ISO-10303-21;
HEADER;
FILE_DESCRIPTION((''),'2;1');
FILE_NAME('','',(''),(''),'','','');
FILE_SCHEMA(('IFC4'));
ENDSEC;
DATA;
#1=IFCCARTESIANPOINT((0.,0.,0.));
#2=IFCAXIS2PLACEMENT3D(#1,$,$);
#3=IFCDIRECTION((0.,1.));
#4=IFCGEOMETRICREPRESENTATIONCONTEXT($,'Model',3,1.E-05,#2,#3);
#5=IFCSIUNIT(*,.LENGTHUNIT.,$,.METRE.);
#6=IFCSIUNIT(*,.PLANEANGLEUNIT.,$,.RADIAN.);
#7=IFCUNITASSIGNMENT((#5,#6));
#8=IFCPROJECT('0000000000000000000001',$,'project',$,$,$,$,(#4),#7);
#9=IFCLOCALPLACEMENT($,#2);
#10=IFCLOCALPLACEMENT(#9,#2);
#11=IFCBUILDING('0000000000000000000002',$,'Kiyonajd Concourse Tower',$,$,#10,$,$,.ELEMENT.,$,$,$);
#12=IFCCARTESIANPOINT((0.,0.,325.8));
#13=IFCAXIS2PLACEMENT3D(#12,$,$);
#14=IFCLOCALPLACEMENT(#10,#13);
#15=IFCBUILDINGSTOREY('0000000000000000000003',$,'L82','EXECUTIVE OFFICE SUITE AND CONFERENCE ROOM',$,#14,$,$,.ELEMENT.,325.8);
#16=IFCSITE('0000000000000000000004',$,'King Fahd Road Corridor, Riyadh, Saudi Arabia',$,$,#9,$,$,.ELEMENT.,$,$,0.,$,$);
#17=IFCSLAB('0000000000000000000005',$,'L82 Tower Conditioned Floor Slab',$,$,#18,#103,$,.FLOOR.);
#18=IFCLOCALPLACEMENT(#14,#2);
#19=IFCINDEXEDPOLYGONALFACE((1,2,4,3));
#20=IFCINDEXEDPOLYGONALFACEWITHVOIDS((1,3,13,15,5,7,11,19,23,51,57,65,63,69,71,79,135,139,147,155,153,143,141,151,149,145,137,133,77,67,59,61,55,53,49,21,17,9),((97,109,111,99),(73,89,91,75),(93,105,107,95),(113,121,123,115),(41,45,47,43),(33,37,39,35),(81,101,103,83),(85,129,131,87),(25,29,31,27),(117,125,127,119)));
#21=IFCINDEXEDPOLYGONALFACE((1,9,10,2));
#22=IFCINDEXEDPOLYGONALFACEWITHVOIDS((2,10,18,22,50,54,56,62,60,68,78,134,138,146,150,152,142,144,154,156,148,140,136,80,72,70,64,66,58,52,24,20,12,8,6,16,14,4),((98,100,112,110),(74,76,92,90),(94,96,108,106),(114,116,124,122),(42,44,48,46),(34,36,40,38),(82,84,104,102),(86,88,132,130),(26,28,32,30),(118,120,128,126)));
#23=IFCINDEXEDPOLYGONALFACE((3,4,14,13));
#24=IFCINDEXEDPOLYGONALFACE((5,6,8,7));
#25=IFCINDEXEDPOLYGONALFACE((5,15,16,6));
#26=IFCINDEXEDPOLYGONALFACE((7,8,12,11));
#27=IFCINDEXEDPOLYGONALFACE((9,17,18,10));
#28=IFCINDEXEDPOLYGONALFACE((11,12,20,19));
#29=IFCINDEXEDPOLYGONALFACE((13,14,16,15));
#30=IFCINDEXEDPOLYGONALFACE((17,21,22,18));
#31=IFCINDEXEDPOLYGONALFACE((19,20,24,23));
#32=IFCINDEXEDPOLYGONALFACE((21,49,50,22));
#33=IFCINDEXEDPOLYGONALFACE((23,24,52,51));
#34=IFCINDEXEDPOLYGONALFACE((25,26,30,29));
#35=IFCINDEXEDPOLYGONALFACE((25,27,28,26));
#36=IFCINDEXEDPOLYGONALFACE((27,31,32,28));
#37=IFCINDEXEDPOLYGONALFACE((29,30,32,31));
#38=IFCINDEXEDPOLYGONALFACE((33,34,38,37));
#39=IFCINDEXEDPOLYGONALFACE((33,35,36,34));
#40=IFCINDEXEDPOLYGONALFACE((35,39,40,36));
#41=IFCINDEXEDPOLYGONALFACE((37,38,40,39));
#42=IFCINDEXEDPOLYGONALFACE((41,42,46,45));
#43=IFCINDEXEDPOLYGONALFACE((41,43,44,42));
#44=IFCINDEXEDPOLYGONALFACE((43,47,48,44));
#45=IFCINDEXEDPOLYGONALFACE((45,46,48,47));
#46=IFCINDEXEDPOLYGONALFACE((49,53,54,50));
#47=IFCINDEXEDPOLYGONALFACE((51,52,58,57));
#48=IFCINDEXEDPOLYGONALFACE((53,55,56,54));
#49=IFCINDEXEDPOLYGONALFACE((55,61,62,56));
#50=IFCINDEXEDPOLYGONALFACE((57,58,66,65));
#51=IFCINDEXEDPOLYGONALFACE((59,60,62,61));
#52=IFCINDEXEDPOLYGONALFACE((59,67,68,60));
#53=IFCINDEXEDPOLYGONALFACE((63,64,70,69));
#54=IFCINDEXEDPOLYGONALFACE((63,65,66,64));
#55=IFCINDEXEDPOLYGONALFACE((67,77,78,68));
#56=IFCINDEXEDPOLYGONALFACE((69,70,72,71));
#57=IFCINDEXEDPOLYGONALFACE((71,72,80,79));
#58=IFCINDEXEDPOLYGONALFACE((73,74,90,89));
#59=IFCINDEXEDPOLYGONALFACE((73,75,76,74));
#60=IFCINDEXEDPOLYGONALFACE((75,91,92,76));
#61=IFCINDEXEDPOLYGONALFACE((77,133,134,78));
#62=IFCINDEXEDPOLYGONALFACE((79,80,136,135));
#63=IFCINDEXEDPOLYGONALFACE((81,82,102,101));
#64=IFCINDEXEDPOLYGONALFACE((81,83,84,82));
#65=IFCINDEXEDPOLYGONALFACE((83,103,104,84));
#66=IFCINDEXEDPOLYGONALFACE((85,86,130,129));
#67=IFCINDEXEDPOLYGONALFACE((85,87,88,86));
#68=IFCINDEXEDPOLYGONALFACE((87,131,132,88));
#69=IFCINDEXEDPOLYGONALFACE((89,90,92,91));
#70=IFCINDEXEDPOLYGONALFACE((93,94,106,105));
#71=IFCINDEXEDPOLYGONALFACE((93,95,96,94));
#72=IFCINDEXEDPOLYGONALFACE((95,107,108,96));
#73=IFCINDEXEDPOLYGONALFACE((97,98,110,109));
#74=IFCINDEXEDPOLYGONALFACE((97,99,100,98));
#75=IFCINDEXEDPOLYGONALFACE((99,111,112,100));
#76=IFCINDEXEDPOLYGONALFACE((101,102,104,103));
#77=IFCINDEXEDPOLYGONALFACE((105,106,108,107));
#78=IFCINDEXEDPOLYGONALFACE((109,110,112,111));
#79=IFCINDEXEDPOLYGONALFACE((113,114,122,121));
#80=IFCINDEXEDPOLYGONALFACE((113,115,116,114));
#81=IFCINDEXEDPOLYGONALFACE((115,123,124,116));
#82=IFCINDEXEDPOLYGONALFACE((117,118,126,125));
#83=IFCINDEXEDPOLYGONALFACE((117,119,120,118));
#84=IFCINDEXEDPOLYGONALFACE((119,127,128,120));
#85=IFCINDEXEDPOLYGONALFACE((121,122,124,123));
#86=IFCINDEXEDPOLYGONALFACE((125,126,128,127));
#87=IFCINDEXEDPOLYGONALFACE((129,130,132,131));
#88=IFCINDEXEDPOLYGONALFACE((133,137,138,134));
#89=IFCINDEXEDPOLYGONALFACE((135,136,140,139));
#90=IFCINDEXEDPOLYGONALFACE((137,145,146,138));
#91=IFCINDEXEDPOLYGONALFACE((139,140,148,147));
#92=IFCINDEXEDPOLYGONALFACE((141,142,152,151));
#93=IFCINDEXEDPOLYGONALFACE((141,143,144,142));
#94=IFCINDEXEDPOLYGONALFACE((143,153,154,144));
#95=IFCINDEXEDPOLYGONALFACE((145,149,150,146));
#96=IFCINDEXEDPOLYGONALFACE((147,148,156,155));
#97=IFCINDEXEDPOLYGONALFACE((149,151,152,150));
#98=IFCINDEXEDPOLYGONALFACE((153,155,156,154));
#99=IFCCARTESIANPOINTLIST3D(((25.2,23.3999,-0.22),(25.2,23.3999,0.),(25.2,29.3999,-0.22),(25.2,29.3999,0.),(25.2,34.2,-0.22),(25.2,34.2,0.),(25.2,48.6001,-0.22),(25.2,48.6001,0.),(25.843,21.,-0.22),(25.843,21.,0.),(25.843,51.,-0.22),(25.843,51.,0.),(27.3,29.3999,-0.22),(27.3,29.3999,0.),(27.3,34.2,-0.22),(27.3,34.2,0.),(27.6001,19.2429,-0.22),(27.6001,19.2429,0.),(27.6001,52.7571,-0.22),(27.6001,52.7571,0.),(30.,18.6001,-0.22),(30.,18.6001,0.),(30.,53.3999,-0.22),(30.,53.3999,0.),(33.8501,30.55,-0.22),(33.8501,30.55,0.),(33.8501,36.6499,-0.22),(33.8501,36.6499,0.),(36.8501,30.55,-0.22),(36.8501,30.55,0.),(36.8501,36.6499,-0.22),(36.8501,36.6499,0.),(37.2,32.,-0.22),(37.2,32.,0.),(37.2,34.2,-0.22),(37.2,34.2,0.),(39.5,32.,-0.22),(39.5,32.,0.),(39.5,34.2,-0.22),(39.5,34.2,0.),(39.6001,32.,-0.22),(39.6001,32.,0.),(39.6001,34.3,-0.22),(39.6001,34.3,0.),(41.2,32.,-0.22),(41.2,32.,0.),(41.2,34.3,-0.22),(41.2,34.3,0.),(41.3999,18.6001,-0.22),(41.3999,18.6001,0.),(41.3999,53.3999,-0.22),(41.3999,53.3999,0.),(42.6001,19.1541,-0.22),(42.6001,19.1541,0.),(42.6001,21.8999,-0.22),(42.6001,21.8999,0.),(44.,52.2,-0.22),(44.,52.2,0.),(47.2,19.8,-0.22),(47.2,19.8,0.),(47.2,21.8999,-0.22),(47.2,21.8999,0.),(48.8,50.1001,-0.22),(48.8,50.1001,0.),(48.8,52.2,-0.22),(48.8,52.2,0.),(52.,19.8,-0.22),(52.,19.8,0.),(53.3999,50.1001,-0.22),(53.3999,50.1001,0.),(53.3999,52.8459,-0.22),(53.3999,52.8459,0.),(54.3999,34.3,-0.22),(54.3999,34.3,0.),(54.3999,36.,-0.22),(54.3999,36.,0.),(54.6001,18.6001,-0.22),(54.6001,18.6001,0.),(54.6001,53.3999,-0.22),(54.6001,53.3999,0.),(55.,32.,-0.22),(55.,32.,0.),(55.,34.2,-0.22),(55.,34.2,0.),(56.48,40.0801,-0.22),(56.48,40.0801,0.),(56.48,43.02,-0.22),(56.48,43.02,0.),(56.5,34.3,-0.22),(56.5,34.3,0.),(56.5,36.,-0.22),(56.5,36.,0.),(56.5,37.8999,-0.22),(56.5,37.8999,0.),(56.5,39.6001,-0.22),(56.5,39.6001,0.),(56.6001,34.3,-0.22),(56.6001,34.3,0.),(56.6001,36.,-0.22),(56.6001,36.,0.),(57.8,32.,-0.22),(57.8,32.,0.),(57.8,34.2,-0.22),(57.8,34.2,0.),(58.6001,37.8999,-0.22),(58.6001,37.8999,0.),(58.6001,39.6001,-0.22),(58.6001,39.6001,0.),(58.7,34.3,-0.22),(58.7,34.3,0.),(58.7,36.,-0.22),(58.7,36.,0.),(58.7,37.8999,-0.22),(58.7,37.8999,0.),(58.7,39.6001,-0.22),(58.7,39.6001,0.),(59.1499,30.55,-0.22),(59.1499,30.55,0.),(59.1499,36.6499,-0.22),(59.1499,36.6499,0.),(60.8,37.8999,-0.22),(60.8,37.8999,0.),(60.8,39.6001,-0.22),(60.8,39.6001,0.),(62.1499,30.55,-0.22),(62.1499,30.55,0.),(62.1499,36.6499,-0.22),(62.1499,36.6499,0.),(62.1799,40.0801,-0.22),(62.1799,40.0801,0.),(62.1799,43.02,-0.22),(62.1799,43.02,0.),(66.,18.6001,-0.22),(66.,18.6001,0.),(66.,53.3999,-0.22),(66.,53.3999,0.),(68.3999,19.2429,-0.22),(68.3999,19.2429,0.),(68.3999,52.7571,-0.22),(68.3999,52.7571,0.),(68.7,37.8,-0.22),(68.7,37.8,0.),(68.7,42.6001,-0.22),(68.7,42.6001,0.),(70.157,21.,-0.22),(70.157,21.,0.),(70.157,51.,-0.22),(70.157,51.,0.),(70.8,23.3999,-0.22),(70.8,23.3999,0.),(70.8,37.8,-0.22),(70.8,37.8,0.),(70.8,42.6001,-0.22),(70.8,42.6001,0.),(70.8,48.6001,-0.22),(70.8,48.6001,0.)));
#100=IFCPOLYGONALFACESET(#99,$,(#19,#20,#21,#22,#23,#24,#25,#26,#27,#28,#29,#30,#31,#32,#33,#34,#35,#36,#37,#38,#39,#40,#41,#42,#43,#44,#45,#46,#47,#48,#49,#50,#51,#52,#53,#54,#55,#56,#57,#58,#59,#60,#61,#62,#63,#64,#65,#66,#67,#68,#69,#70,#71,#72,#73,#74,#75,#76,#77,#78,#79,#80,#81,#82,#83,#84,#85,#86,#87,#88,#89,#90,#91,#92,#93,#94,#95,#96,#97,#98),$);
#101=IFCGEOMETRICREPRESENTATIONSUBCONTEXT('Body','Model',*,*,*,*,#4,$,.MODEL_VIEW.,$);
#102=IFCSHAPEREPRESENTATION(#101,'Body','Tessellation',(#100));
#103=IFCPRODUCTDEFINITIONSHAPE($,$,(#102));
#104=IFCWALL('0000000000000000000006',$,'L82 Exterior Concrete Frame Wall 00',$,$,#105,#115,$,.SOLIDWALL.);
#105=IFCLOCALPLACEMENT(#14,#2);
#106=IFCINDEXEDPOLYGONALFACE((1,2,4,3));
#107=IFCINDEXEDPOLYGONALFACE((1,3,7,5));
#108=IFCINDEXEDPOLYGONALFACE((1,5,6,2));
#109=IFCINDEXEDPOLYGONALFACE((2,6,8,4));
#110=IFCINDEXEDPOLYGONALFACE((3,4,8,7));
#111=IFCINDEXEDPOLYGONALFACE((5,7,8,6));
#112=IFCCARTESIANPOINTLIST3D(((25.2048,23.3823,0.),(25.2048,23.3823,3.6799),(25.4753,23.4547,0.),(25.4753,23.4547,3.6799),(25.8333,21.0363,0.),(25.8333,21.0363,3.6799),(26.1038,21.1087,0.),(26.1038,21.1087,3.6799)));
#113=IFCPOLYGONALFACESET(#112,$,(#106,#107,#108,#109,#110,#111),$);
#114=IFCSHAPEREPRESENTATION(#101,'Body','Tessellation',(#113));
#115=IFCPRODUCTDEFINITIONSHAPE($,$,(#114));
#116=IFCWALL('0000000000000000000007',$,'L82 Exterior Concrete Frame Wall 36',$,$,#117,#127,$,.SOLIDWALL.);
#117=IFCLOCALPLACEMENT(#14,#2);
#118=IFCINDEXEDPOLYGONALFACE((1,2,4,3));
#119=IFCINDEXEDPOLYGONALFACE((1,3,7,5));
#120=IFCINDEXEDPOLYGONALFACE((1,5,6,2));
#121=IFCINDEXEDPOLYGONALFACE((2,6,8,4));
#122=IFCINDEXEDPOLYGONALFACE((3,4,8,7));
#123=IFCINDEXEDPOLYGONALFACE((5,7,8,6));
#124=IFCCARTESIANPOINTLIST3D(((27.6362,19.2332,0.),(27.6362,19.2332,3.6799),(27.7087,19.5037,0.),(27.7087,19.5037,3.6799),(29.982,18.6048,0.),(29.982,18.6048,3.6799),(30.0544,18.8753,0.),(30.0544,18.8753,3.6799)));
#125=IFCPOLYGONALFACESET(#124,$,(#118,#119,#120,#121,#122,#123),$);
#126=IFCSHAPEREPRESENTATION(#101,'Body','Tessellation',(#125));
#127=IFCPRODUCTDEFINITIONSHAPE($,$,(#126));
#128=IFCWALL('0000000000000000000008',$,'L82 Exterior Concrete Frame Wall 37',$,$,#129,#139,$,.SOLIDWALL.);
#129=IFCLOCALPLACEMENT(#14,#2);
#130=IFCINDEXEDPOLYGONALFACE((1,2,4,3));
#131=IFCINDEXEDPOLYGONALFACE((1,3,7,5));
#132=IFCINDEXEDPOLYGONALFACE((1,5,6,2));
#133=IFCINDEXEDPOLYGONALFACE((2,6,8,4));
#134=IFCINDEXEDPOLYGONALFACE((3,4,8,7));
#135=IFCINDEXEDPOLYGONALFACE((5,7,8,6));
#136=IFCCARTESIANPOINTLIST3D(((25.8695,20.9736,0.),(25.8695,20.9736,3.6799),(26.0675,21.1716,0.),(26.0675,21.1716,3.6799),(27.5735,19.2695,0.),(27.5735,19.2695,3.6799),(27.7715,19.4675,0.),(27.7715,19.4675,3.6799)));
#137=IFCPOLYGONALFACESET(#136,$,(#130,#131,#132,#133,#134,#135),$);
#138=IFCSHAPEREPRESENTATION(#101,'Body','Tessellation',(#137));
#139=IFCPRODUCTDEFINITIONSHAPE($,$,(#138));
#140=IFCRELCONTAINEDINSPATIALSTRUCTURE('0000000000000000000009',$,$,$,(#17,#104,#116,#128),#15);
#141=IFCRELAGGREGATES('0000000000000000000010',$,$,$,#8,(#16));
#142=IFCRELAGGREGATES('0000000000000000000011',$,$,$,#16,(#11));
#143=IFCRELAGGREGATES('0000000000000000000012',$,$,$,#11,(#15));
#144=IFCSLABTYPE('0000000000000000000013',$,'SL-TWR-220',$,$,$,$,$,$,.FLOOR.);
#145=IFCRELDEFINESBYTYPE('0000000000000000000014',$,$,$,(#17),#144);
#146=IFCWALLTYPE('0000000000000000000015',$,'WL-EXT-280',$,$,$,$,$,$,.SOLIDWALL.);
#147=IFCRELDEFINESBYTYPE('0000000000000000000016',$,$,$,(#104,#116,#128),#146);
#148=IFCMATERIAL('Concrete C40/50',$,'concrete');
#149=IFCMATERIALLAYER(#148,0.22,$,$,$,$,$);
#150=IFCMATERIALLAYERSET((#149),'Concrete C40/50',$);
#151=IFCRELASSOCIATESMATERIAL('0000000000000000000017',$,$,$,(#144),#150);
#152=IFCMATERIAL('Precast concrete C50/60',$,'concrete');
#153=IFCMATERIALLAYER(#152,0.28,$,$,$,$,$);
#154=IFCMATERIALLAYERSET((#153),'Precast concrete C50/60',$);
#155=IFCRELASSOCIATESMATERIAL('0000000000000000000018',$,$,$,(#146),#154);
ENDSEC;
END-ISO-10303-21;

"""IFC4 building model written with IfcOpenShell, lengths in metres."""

from ifc_helpers import new_model, si_unit, direction, frame, frame_2d, origin, place, context, subcontext, project, spatial, polyline, rectangle, outline, extrude, material, layer, layer_set, type_object, element, save


model = new_model("IFC4")

# Units and contexts
model_context = context("Model", 3, precision=1e-05, world=origin(), true_north=direction((0.0, 1.0)))
body_context = subcontext(model_context, "Body", "Model", "MODEL_VIEW")
ifc_project = project(units=[si_unit("LENGTHUNIT", "METRE"), si_unit("PLANEANGLEUNIT", "RADIAN")], contexts=[model_context])

# Site, building, storey
site_placement = place(None, origin())
site = spatial("IfcSite", under=ifc_project, at=site_placement, Name="King Fahd Road Corridor, Riyadh, Saudi Arabia", CompositionType="ELEMENT", RefElevation=0.0)
building_placement = place(site_placement, origin())
building = spatial("IfcBuilding", under=site, at=building_placement, Name="Kiyonajd Concourse Tower", CompositionType="ELEMENT")
storey_placement = place(building_placement, frame((0.0, 0.0, 325.8)))
storey = spatial("IfcBuildingStorey", under=building, at=storey_placement, Name="L82", Description="EXECUTIVE OFFICE SUITE AND CONFERENCE ROOM", CompositionType="ELEMENT", Elevation=325.8)

# Shared definitions
ifc_material_1 = material(Name="Concrete C40/50", Category="concrete")

# Slab
ifc_material_2 = material(Name="Precast concrete C50/60", Category="concrete")
ifc_layer_1 = layer(ifc_material_1, 0.22)
ifc_layer_set_1 = layer_set([ifc_layer_1], Name="Concrete C40/50")
slab_type_1 = type_object("IfcSlabType", Name="SL-TWR-220", PredefinedType="FLOOR", material=ifc_layer_set_1)
slab_1_placement = place(storey_placement, frame((0.0, 0.0, -0.22)))
element("IfcSlab", 1, at=slab_1_placement, inside=storey, type_object=slab_type_1, Name="L82 Tower Conditioned Floor Slab", PredefinedType="FLOOR", context=body_context, shape_type="SweptSolid", body=[
    extrude(outline(polyline([(25.843, 21.0), (25.2, 23.3999), (25.2, 29.3999), (27.3, 29.3999), (27.3, 34.2), (25.2, 34.2), (25.2, 48.6001), (25.843, 51.0), (27.6001, 52.7571), (30.0, 53.3999), (41.3999, 53.3999), (44.0, 52.2), (48.8, 52.2), (48.8, 50.1001), (53.3999, 50.1001), (53.3999, 52.8459), (54.6001, 53.3999), (66.0, 53.3999), (68.3999, 52.7571), (70.157, 51.0), (70.8, 48.6001), (70.8, 42.6001), (68.7, 42.6001), (68.7, 37.8), (70.8, 37.8), (70.8, 23.3999), (70.157, 21.0), (68.3999, 19.2429), (66.0, 18.6001), (54.6001, 18.6001), (52.0, 19.8), (47.2, 19.8), (47.2, 21.8999), (42.6001, 21.8999), (42.6001, 19.1541), (41.3999, 18.6001), (30.0, 18.6001), (27.6001, 19.2429), (25.843, 21.0)]), holes=[polyline([(39.5, 32.0), (37.2, 32.0), (37.2, 34.2), (39.5, 34.2), (39.5, 32.0)]), polyline([(57.8, 32.0), (55.0, 32.0), (55.0, 34.2), (57.8, 34.2), (57.8, 32.0)]), polyline([(41.2, 32.0), (39.6001, 32.0), (39.6001, 34.3), (41.2, 34.3), (41.2, 32.0)]), polyline([(33.8501, 30.55), (33.8501, 36.6499), (36.8501, 36.6499), (36.8501, 30.55), (33.8501, 30.55)]), polyline([(59.1499, 30.55), (59.1499, 36.6499), (62.1499, 36.6499), (62.1499, 30.55), (59.1499, 30.55)]), polyline([(56.5, 34.3), (54.3999, 34.3), (54.3999, 36.0), (56.5, 36.0), (56.5, 34.3)]), polyline([(58.7, 34.3), (56.6001, 34.3), (56.6001, 36.0), (58.7, 36.0), (58.7, 34.3)]), polyline([(58.6001, 37.8999), (56.5, 37.8999), (56.5, 39.6001), (58.6001, 39.6001), (58.6001, 37.8999)]), polyline([(58.7, 37.8999), (58.7, 39.6001), (60.8, 39.6001), (60.8, 37.8999), (58.7, 37.8999)]), polyline([(56.48, 43.02), (62.1799, 43.02), (62.1799, 40.0801), (56.48, 40.0801), (56.48, 43.02)])]), origin(), (0.0, 0.0, 1.0), 0.22),
])

# Walls
ifc_layer_2 = layer(ifc_material_2, 0.28)
ifc_layer_set_2 = layer_set([ifc_layer_2], Name="Precast concrete C50/60")
wall_type = type_object("IfcWallType", Name="WL-EXT-280", PredefinedType="SOLIDWALL", material=ifc_layer_set_2)
wall_1_placement = place(storey_placement, frame((25.9685, 21.0725, 0.0), z_axis=(0.0, 0.0, 1.0), x_axis=(-0.258751, 0.965944, 0.0)))
element("IfcWall", 2, at=wall_1_placement, inside=storey, type_object=wall_type, Name="L82 Exterior Concrete Frame Wall 00", PredefinedType="SOLIDWALL", context=body_context, shape_type="SweptSolid", body=[
    extrude(rectangle(XDim=2.4287, YDim=0.28, at=frame_2d((1.2144, 0.0))), origin(), (0.0, 0.0, 1.0), 3.6799),
])
wall_2_placement = place(storey_placement, frame((30.0183, 18.74, 0.0), z_axis=(0.0, 0.0, 1.0), x_axis=(-0.965937, 0.258776, 0.0)))
element("IfcWall", 3, at=wall_2_placement, inside=storey, type_object=wall_type, Name="L82 Exterior Concrete Frame Wall 36", PredefinedType="SOLIDWALL", context=body_context, shape_type="SweptSolid", body=[
    extrude(rectangle(XDim=2.4285, YDim=0.28, at=frame_2d((1.2144, 0.0))), origin(), (0.0, 0.0, 1.0), 3.6799),
])
wall_3_placement = place(storey_placement, frame((27.6726, 19.3684, 0.0), z_axis=(0.0, 0.0, 1.0), x_axis=(-0.707107, 0.707107, 0.0)))
element("IfcWall", 4, at=wall_3_placement, inside=storey, type_object=wall_type, Name="L82 Exterior Concrete Frame Wall 37", PredefinedType="SOLIDWALL", context=body_context, shape_type="SweptSolid", body=[
    extrude(rectangle(XDim=2.4099, YDim=0.28, at=frame_2d((1.2051, 0.0))), origin(), (0.0, 0.0, 1.0), 3.6799),
])

save(model, "model.ifc")
